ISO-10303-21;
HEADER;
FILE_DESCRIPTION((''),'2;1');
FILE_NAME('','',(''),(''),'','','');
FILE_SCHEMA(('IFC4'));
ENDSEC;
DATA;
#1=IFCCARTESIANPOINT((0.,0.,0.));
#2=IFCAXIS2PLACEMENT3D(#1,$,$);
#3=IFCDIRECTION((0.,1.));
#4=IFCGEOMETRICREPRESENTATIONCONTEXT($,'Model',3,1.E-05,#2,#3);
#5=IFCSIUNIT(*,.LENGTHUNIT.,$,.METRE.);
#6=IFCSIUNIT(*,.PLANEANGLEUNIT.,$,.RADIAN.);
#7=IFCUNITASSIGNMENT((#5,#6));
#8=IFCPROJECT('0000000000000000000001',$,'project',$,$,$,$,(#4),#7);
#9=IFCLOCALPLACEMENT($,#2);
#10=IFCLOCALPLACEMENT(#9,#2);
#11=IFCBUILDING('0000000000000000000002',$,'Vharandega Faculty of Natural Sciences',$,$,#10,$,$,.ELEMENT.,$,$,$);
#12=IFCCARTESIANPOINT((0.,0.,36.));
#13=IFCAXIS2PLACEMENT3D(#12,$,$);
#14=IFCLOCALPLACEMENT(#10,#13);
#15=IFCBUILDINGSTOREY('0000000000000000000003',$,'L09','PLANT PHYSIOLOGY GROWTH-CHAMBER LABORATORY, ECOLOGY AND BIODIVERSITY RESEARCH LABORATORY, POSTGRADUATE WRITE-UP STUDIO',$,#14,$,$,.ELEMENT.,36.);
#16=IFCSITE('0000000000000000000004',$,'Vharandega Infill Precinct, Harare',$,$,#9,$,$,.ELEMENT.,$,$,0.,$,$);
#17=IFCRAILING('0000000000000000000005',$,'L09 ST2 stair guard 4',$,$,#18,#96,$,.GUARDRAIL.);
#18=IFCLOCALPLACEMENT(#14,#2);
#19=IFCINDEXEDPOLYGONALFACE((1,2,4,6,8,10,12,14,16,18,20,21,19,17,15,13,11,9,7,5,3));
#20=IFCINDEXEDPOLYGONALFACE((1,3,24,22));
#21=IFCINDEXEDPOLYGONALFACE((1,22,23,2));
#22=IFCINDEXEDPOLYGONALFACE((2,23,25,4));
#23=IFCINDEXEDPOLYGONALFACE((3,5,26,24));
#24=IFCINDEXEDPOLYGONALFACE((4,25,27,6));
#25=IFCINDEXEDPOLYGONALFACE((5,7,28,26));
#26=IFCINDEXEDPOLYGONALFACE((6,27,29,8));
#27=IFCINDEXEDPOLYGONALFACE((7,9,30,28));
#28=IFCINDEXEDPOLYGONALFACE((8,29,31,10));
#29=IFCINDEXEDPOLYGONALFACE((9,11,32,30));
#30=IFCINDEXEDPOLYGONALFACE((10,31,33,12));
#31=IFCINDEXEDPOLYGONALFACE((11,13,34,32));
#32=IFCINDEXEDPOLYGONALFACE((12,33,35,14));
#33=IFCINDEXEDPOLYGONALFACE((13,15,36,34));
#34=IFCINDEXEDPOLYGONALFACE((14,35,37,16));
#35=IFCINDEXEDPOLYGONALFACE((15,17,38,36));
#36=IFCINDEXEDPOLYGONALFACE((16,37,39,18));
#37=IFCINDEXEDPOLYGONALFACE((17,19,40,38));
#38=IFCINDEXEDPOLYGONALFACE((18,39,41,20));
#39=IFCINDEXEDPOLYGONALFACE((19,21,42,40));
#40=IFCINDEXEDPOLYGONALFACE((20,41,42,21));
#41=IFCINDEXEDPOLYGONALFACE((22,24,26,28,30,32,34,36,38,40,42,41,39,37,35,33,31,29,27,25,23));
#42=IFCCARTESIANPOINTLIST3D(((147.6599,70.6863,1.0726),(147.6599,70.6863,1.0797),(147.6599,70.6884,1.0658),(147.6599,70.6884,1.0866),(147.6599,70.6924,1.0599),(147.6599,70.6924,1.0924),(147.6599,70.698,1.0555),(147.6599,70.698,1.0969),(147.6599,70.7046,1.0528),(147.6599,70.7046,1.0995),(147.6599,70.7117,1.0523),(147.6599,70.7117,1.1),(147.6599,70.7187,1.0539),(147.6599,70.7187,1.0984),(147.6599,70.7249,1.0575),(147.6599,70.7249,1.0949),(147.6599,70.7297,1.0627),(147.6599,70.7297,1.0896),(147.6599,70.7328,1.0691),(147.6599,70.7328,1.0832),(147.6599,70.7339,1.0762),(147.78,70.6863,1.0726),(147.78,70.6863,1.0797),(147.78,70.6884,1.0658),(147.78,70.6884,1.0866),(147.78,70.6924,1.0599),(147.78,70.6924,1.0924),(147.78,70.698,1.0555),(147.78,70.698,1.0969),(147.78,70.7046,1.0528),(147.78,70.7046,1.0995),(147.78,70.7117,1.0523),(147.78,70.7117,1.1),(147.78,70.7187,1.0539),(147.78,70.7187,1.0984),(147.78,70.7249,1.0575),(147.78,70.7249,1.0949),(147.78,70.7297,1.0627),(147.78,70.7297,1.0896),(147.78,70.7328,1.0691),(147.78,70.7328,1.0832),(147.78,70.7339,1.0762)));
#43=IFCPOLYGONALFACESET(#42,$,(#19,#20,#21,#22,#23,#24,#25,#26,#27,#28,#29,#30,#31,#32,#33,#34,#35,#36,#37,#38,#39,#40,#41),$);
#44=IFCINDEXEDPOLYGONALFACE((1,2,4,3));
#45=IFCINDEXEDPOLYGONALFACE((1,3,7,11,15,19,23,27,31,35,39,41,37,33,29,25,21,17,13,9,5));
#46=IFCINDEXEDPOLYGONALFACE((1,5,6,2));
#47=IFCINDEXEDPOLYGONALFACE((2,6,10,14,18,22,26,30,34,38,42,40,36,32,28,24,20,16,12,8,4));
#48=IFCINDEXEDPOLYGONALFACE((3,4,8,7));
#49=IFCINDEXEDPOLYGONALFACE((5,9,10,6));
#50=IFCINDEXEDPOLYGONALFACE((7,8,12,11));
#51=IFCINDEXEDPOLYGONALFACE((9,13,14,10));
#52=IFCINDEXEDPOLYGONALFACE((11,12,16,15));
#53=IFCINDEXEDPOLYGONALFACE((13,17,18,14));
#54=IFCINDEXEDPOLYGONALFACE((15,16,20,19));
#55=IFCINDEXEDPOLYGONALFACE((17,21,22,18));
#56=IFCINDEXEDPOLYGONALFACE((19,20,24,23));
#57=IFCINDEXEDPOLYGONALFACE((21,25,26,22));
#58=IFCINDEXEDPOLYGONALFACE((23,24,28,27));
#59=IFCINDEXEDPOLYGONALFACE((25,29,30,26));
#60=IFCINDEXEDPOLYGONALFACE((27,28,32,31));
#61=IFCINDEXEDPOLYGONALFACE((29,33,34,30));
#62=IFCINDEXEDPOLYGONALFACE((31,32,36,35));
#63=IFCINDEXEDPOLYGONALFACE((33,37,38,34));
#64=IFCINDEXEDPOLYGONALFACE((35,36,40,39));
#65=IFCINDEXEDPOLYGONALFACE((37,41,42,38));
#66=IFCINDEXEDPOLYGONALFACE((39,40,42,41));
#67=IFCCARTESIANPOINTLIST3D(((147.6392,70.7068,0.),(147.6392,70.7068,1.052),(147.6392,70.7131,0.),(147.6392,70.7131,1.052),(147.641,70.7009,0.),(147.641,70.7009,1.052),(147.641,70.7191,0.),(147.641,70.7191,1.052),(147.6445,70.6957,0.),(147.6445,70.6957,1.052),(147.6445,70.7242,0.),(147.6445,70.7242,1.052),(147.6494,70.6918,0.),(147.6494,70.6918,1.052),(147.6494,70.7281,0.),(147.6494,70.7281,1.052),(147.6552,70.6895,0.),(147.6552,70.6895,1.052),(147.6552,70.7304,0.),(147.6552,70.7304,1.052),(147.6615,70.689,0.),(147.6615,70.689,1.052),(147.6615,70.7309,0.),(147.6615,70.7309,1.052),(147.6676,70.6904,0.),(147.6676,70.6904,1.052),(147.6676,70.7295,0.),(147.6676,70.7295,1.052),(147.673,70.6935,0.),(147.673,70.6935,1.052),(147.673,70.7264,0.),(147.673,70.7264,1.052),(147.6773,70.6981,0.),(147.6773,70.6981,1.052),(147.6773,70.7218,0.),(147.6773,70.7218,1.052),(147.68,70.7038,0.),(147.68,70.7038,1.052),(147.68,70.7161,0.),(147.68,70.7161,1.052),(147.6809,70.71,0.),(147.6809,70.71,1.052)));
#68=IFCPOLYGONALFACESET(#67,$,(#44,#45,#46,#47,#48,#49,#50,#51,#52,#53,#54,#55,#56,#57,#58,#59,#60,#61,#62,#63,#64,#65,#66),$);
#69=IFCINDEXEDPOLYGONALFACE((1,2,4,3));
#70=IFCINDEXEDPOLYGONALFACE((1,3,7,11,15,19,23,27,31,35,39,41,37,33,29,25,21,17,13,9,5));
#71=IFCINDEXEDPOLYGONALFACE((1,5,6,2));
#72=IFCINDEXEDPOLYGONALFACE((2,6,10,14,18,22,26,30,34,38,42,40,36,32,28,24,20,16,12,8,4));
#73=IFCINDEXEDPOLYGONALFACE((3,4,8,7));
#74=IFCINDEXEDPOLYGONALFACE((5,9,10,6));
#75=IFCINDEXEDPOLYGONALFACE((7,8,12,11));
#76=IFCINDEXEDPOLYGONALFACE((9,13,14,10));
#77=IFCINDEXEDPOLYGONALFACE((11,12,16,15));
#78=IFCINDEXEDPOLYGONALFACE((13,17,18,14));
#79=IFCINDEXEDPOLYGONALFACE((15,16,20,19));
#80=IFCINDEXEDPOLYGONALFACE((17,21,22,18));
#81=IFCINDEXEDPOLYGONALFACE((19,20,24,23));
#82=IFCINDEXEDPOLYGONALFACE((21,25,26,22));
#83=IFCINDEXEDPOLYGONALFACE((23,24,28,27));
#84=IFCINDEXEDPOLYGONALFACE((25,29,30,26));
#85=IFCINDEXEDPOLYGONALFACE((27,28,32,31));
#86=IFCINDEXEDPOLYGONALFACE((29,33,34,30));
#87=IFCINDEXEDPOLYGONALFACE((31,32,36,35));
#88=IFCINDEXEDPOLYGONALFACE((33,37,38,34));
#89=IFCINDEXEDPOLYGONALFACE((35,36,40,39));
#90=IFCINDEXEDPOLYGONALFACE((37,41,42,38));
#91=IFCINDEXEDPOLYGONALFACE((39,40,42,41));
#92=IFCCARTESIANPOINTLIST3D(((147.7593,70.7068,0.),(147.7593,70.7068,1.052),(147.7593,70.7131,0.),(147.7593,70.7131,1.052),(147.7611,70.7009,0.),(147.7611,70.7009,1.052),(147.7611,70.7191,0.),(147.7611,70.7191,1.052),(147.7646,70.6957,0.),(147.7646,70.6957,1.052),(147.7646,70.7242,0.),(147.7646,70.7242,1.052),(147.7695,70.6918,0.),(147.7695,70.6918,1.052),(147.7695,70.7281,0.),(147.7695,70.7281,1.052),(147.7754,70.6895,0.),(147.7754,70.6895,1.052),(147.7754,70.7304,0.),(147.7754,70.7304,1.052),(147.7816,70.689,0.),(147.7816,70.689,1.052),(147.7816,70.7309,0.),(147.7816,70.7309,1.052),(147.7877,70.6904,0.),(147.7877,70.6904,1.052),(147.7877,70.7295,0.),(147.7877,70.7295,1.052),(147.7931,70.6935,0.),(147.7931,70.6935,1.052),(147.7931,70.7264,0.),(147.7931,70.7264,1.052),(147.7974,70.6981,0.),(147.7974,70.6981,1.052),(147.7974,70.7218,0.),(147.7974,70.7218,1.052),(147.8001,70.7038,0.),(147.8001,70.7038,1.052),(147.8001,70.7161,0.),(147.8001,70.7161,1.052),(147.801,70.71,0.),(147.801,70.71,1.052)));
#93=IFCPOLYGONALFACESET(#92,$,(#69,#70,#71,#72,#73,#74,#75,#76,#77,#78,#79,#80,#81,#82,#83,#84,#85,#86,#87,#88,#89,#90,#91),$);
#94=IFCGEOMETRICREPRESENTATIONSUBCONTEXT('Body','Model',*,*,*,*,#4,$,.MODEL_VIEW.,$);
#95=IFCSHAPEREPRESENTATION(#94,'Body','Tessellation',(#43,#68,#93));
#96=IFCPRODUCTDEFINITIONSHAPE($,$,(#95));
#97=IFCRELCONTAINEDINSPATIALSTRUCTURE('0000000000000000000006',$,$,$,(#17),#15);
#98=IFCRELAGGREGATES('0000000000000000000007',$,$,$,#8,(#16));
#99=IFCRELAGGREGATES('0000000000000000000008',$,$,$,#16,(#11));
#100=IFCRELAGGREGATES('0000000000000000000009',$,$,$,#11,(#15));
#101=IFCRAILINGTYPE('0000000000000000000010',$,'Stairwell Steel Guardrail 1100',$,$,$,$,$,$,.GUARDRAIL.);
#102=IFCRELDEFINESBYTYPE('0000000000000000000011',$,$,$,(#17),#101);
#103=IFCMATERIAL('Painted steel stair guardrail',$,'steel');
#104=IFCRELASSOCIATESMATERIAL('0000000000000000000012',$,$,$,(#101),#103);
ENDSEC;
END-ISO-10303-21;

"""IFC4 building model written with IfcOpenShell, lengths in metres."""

from ifc_helpers import new_model, si_unit, direction, frame, origin, origin_2d, place, context, subcontext, project, spatial, circle, extrude, material, type_object, element, save


model = new_model("IFC4")

# Units and contexts
model_context = context("Model", 3, precision=1e-05, world=origin(), true_north=direction((0.0, 1.0)))
body_context = subcontext(model_context, "Body", "Model", "MODEL_VIEW")
ifc_project = project(units=[si_unit("LENGTHUNIT", "METRE"), si_unit("PLANEANGLEUNIT", "RADIAN")], contexts=[model_context])

# Site, building, storey
site_placement = place(None, origin())
site = spatial("IfcSite", under=ifc_project, at=site_placement, Name="Vharandega Infill Precinct, Harare", CompositionType="ELEMENT", RefElevation=0.0)
building_placement = place(site_placement, origin())
building = spatial("IfcBuilding", under=site, at=building_placement, Name="Vharandega Faculty of Natural Sciences", CompositionType="ELEMENT")
storey_placement = place(building_placement, frame((0.0, 0.0, 36.0)))
storey = spatial("IfcBuildingStorey", under=building, at=storey_placement, Name="L09", Description="PLANT PHYSIOLOGY GROWTH-CHAMBER LABORATORY, ECOLOGY AND BIODIVERSITY RESEARCH LABORATORY, POSTGRADUATE WRITE-UP STUDIO", CompositionType="ELEMENT", Elevation=36.0)

# Railing
ifc_material_1 = material(Name="Painted steel stair guardrail", Category="steel")
railing_type_1 = type_object("IfcRailingType", Name="Stairwell Steel Guardrail 1100", PredefinedType="GUARDRAIL", material=ifc_material_1)
railing_1_placement = place(storey_placement, frame((147.6599, 70.71, 0.0)))
element("IfcRailing", 1, at=railing_1_placement, inside=storey, type_object=railing_type_1, Name="L09 ST2 stair guard 4", PredefinedType="GUARDRAIL", context=body_context, shape_type="SweptSolid", body=[
    extrude(circle(Radius=0.0239, at=origin_2d()), frame((0.0, 0.0, 1.0762), z_axis=(1.0, 0.0, 0.0), x_axis=(0.0, 1.0, 0.0)), (0.0, 0.0, 1.0), 0.1201),
    extrude(circle(Radius=0.021, at=origin_2d()), origin(), (0.0, 0.0, 1.0), 1.052),
    extrude(circle(Radius=0.021, at=origin_2d()), frame((0.1201, 0.0, 0.0)), (0.0, 0.0, 1.0), 1.052),
])

save(model, "model.ifc")
